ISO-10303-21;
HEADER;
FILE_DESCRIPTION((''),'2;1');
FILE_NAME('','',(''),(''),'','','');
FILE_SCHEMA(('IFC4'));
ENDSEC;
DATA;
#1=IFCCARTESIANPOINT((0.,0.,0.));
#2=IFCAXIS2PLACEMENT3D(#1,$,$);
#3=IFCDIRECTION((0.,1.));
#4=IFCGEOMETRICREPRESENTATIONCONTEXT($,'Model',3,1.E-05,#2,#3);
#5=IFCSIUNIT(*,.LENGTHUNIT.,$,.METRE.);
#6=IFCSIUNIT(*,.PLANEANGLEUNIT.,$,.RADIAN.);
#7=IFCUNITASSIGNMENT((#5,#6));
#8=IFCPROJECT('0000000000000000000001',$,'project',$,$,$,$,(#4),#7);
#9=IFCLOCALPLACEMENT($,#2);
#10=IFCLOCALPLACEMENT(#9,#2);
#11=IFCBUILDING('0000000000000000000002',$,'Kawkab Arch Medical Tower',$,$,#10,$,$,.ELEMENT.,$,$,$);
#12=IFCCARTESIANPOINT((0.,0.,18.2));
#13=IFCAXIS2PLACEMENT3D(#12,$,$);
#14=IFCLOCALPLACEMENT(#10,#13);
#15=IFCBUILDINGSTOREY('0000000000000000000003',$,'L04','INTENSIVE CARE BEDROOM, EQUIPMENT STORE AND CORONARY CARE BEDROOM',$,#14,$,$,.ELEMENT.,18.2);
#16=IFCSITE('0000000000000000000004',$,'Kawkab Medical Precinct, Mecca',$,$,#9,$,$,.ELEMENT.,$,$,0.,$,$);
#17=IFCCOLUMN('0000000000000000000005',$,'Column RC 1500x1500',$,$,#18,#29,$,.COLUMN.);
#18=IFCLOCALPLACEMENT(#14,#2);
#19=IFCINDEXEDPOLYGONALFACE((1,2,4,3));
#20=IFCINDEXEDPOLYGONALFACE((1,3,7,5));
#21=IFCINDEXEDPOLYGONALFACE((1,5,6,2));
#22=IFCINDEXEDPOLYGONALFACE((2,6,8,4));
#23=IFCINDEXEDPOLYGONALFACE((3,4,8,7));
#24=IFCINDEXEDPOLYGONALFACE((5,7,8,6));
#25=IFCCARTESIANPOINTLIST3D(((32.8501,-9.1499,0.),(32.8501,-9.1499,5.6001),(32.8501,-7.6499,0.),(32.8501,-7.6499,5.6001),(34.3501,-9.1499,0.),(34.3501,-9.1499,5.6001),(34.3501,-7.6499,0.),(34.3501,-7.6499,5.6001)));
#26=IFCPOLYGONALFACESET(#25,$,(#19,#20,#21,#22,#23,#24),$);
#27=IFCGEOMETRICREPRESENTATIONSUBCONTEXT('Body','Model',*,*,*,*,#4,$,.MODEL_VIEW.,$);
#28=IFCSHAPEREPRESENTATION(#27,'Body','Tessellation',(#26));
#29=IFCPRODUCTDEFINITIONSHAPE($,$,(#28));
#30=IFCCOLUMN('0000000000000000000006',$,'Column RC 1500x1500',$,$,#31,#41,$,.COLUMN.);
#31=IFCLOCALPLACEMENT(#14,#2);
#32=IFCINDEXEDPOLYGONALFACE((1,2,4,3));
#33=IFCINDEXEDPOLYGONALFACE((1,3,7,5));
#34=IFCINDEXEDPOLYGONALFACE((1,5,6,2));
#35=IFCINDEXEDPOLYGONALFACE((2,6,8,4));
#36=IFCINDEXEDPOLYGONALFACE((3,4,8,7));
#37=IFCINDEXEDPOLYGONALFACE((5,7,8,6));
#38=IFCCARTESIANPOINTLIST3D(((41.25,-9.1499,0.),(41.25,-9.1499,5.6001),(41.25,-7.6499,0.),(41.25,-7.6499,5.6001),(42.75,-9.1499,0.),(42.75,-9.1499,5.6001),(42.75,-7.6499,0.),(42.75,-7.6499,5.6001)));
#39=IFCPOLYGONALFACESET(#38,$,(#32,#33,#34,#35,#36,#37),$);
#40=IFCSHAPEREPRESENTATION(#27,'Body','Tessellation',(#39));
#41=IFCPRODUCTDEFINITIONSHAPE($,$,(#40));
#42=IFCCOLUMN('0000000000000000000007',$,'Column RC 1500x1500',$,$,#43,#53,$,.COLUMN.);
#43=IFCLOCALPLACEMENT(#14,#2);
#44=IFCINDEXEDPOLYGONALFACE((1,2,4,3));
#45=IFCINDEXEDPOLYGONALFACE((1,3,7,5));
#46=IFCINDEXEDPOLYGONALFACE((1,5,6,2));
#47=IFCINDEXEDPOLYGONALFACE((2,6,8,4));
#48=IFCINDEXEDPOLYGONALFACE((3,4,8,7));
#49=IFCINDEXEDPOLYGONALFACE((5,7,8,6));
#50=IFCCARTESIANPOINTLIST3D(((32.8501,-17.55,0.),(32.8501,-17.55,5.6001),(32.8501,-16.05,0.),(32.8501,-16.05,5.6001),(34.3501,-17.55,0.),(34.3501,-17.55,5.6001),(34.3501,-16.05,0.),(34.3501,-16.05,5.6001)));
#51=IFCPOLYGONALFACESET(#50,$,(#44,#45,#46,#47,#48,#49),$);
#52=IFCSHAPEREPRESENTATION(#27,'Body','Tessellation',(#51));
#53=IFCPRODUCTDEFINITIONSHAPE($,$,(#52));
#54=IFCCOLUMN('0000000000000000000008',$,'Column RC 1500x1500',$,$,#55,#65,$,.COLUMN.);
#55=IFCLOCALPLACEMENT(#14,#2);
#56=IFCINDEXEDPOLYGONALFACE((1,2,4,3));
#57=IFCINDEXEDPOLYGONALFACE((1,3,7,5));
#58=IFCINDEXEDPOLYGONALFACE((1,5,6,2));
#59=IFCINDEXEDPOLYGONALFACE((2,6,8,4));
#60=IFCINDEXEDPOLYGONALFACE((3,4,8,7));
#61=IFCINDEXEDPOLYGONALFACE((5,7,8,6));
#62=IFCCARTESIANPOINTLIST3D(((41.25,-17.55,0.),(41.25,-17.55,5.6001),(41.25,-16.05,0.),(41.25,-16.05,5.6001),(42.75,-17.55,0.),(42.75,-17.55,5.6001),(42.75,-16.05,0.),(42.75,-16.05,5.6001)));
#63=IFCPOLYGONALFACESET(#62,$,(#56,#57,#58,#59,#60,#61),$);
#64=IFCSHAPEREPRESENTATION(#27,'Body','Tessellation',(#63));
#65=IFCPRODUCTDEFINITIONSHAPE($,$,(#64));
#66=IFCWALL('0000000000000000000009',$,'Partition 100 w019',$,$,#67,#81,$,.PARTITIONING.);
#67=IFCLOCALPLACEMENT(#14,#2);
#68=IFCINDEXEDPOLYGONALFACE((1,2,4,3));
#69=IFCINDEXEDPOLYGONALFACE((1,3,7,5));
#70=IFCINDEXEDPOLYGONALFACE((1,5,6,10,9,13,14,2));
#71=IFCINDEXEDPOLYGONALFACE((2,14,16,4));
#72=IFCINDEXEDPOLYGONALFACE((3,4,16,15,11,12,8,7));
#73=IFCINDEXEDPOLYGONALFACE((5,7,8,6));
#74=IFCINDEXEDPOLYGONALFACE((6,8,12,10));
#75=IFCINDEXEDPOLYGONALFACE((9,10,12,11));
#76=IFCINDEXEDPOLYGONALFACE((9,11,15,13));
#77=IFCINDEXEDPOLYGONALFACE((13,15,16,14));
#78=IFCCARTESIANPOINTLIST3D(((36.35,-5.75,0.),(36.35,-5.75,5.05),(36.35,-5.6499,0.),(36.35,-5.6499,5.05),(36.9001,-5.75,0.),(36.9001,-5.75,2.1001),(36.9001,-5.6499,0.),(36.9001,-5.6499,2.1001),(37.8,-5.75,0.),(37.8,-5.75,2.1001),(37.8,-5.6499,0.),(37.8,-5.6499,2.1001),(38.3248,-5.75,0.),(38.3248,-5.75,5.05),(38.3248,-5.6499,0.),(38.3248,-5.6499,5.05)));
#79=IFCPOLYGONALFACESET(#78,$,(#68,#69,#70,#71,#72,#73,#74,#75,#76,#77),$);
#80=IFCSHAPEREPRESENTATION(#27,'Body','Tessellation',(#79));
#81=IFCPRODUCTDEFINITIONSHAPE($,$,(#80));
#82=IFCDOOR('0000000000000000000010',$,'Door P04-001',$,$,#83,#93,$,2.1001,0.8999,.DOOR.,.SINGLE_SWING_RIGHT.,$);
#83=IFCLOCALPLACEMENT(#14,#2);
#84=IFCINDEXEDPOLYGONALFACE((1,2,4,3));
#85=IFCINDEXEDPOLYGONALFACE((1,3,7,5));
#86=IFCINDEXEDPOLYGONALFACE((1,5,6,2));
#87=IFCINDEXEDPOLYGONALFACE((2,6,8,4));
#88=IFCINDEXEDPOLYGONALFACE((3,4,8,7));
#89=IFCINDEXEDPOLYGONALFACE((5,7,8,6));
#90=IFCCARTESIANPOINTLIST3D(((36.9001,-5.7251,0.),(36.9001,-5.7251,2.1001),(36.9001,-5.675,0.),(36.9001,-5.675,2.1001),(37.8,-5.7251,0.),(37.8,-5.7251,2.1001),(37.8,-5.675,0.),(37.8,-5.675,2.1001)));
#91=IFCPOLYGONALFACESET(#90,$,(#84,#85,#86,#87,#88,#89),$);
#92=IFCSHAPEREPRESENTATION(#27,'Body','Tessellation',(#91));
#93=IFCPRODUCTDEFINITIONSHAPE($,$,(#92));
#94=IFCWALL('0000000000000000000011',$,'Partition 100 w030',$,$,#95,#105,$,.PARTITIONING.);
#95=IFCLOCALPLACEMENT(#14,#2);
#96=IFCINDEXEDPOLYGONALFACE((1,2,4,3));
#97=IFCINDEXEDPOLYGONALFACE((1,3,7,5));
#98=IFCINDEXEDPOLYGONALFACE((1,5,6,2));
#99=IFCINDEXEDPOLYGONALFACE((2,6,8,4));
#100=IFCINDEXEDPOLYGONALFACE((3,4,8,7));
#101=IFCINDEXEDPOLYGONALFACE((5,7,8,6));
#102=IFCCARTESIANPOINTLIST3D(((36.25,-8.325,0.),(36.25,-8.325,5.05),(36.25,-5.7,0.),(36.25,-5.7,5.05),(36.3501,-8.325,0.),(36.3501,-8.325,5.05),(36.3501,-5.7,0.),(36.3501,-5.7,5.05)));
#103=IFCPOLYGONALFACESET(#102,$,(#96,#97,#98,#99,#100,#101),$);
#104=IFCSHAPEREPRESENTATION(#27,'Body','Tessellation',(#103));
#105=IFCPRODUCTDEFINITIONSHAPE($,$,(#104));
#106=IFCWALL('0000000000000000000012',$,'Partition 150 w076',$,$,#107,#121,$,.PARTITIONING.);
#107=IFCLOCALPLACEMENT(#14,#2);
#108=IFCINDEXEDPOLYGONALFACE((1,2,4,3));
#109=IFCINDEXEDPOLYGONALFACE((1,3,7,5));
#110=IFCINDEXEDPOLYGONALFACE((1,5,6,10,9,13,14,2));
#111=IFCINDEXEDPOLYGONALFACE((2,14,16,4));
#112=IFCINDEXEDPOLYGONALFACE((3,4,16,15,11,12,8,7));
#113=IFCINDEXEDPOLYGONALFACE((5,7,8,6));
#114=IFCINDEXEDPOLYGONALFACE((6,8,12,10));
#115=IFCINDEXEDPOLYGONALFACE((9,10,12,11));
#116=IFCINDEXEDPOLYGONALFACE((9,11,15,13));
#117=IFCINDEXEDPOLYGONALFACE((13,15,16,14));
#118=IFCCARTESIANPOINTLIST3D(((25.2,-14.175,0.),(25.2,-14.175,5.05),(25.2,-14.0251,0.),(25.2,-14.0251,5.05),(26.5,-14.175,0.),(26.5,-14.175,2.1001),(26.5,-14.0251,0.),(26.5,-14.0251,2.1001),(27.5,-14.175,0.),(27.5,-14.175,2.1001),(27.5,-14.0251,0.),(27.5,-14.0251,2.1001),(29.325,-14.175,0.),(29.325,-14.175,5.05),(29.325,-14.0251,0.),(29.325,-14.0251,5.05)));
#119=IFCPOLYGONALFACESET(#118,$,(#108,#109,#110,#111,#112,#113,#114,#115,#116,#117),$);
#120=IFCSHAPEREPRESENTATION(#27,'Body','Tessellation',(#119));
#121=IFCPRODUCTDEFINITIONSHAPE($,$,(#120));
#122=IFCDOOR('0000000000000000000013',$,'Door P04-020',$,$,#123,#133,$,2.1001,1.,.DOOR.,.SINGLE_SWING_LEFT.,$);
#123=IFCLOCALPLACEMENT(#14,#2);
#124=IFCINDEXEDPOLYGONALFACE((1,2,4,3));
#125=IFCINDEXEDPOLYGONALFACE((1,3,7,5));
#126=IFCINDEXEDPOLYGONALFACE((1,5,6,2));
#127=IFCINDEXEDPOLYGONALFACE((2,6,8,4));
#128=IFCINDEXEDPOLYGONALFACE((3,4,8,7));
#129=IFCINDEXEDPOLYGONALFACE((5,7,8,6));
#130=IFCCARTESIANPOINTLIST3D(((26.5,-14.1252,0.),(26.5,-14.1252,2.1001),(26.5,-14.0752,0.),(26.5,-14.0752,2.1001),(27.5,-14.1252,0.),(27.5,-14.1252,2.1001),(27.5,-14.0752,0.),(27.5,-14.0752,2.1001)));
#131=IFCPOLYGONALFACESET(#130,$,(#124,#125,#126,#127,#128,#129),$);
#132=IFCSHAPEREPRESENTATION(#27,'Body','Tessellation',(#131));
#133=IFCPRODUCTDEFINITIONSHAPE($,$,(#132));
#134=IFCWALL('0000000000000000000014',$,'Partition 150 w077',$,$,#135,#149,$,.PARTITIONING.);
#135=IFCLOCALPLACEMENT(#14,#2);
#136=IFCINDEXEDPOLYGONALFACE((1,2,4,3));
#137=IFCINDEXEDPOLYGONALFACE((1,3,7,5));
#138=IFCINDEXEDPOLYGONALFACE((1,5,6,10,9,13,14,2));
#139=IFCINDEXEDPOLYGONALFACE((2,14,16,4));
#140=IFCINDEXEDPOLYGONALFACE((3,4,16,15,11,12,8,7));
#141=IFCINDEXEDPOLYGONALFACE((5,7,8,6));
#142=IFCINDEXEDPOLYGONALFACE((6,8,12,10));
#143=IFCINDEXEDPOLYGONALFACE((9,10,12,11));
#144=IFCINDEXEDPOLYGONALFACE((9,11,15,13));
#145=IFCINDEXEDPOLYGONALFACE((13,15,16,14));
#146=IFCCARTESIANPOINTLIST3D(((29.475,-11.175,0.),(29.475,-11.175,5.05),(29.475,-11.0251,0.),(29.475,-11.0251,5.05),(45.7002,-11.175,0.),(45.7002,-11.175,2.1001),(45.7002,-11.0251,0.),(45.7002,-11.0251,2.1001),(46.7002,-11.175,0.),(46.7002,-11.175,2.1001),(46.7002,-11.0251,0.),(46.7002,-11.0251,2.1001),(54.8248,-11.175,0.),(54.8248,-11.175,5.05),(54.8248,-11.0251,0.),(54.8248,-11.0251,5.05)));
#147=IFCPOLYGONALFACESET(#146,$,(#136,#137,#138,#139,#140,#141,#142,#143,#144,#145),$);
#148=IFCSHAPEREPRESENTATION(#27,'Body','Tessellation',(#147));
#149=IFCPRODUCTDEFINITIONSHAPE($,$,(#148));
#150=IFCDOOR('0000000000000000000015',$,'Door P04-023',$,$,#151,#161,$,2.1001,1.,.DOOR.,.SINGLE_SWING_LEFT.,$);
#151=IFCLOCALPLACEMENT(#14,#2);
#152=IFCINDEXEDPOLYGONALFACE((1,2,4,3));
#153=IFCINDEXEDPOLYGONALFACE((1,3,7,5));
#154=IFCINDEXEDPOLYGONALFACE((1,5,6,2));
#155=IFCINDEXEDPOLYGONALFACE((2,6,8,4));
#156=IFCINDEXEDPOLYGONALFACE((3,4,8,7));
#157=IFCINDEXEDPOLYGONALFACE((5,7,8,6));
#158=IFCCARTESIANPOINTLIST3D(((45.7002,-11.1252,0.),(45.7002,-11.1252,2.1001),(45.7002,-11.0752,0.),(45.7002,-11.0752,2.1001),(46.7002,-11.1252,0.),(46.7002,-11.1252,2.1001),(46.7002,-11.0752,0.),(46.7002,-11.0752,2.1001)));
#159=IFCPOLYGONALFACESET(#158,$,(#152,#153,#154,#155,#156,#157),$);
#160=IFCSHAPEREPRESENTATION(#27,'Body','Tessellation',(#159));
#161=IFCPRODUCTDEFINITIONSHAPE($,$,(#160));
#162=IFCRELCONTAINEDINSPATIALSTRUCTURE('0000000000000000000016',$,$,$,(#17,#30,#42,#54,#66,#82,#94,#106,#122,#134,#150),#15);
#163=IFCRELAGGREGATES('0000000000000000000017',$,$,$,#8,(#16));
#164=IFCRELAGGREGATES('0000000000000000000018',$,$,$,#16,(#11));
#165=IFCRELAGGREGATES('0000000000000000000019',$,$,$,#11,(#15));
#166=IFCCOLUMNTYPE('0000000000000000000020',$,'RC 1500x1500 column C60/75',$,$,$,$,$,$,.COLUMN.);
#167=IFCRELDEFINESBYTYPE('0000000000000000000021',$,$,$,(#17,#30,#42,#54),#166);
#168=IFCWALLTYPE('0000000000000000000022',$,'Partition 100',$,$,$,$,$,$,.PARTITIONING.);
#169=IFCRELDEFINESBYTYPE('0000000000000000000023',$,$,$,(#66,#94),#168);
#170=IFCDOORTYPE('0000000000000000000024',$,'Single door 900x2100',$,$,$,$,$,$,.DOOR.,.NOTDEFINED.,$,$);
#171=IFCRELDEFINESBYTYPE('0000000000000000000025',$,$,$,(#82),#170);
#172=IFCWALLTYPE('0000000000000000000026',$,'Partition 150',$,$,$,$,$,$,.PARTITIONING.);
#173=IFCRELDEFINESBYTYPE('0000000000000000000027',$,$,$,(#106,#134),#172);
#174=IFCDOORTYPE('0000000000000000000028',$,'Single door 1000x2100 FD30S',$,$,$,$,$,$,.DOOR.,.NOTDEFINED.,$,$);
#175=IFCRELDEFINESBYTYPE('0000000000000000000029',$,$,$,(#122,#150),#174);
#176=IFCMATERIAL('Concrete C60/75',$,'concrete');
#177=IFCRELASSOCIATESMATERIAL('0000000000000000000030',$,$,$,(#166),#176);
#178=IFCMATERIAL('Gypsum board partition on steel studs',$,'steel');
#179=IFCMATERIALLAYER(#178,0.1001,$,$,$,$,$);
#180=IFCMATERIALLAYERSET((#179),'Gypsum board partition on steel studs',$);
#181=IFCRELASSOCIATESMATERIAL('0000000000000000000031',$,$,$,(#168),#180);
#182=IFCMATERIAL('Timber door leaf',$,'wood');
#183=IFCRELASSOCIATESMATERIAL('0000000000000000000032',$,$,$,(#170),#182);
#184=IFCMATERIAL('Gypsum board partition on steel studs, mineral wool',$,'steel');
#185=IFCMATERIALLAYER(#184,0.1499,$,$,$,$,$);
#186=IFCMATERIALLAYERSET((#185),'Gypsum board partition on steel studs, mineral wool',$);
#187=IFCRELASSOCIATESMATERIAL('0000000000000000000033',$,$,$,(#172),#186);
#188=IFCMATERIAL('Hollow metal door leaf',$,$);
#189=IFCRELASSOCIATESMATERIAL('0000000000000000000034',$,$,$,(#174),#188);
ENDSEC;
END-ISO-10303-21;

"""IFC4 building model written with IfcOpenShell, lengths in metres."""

from ifc_helpers import new_model, si_unit, direction, frame, frame_2d, origin, origin_2d, place, context, subcontext, project, spatial, rectangle, extrude, material, layer, layer_set, material_profile, profile_set, type_object, element, fill, save


model = new_model("IFC4")

# Units and contexts
model_context = context("Model", 3, precision=1e-05, world=origin(), true_north=direction((0.0, 1.0)))
body_context = subcontext(model_context, "Body", "Model", "MODEL_VIEW")
ifc_project = project(units=[si_unit("LENGTHUNIT", "METRE"), si_unit("PLANEANGLEUNIT", "RADIAN")], contexts=[model_context])

# Site, building, storey
site_placement = place(None, origin())
site = spatial("IfcSite", under=ifc_project, at=site_placement, Name="Kawkab Medical Precinct, Mecca", CompositionType="ELEMENT", RefElevation=0.0)
building_placement = place(site_placement, origin())
building = spatial("IfcBuilding", under=site, at=building_placement, Name="Kawkab Arch Medical Tower", CompositionType="ELEMENT")
storey_placement = place(building_placement, frame((0.0, 0.0, 18.2)))
storey = spatial("IfcBuildingStorey", under=building, at=storey_placement, Name="L04", Description="INTENSIVE CARE BEDROOM, EQUIPMENT STORE AND CORONARY CARE BEDROOM", CompositionType="ELEMENT", Elevation=18.2)

# Columns
ifc_material_1 = material(Name="Concrete C60/75", Category="concrete")
ifc_material_profile = material_profile(ifc_material_1, rectangle(XDim=1.5, YDim=1.5, at=origin_2d()), Name="RC 1500x1500")
ifc_profile_set = profile_set([ifc_material_profile], Name="Concrete C60/75")
column_type = type_object("IfcColumnType", Name="RC 1500x1500 column C60/75", PredefinedType="COLUMN", material=ifc_profile_set)
for number, where, z_axis, x_axis, name in (
    (1, (33.6001, -8.3999, 0.0), (0.0, 0.0, 1.0), (1.0, 0.0, 0.0), "Column RC 1500x1500"),
    (2, (42.0, -8.3999, 0.0), (0.0, 0.0, 1.0), (1.0, 0.0, 0.0), "Column RC 1500x1500"),
    (3, (33.6001, -16.8, 0.0), (0.0, 0.0, 1.0), (1.0, 0.0, 0.0), "Column RC 1500x1500"),
    (4, (42.0, -16.8, 0.0), (0.0, 0.0, 1.0), (1.0, 0.0, 0.0), "Column RC 1500x1500"),
):
    element("IfcColumn", number, at=place(storey_placement, frame(where, z_axis=z_axis, x_axis=x_axis)), inside=storey, type_object=column_type, Name=name, PredefinedType="COLUMN", context=body_context, shape_type="SweptSolid", body=[
        extrude(rectangle(XDim=1.5, YDim=1.5, at=origin_2d()), origin(), (0.0, 0.0, 1.0), 5.6001),
    ])

# Wall, opening, door
ifc_material_2 = material(Name="Gypsum board partition on steel studs", Category="steel")
ifc_layer_1 = layer(ifc_material_2, 0.1001)
ifc_layer_set_1 = layer_set([ifc_layer_1], Name="Gypsum board partition on steel studs")
wall_type_1 = type_object("IfcWallType", Name="Partition 100", PredefinedType="PARTITIONING", material=ifc_layer_set_1)
wall_1_placement = place(storey_placement, frame((36.3501, -5.7, 0.0), z_axis=(0.0, 0.0, 1.0), x_axis=(1.0, 0.0, 0.0)))
wall_1 = element("IfcWall", 5, at=wall_1_placement, inside=storey, type_object=wall_type_1, Name="Partition 100 w019", PredefinedType="PARTITIONING", context=body_context, shape_type="SweptSolid", body=[
    extrude(rectangle(XDim=1.9749, YDim=0.1001, at=frame_2d((0.9873, 0.0))), origin(), (0.0, 0.0, 1.0), 5.05),
])
opening_1_placement = place(wall_1_placement, frame((0.55, 0.0, 0.0)))
opening_1 = element("IfcOpeningElement", 6, at=opening_1_placement, cuts=wall_1, PredefinedType="OPENING", context=body_context, shape_type="SweptSolid", body=[
    extrude(rectangle(XDim=0.8999, YDim=2.1001, at=frame_2d((0.45, 1.05))), frame((0.0, 0.0601, 0.0), z_axis=(0.0, -1.0, 0.0), x_axis=(1.0, 0.0, 0.0)), (0.0, 0.0, 1.0), 0.1201),
])
ifc_material_3 = material(Name="Timber door leaf", Category="wood")
door_type_1 = type_object("IfcDoorType", Name="Single door 900x2100", OperationType="NOTDEFINED", PredefinedType="DOOR", material=ifc_material_3)
door_1_placement = place(opening_1_placement, origin())
door_1 = element("IfcDoor", 7, at=door_1_placement, inside=storey, type_object=door_type_1, Name="Door P04-001", OperationType="SINGLE_SWING_RIGHT", OverallHeight=2.1001, OverallWidth=0.8999, PredefinedType="DOOR", context=body_context, shape_type="SweptSolid", body=[
    extrude(rectangle(XDim=0.8999, YDim=2.1001, at=frame_2d((0.45, 1.05))), frame((0.0, 0.0249, 0.0), z_axis=(0.0, -1.0, 0.0), x_axis=(1.0, 0.0, 0.0)), (0.0, 0.0, 1.0), 0.05),
])
fill(opening_1, door_1)

# Wall
wall_2_placement = place(storey_placement, frame((36.3, -8.325, 0.0), z_axis=(0.0, 0.0, 1.0), x_axis=(0.0, 1.0, 0.0)))
element("IfcWall", 8, at=wall_2_placement, inside=storey, type_object=wall_type_1, Name="Partition 100 w030", PredefinedType="PARTITIONING", context=body_context, shape_type="SweptSolid", body=[
    extrude(rectangle(XDim=2.625, YDim=0.1001, at=frame_2d((1.3125, 0.0))), origin(), (0.0, 0.0, 1.0), 5.05),
])

# Walls, openings, doors
ifc_material_4 = material(Name="Gypsum board partition on steel studs, mineral wool", Category="steel")
ifc_layer_2 = layer(ifc_material_4, 0.1499)
ifc_layer_set_2 = layer_set([ifc_layer_2], Name="Gypsum board partition on steel studs, mineral wool")
wall_type_2 = type_object("IfcWallType", Name="Partition 150", PredefinedType="PARTITIONING", material=ifc_layer_set_2)
wall_3_placement = place(storey_placement, frame((25.2, -14.1001, 0.0), z_axis=(0.0, 0.0, 1.0), x_axis=(1.0, 0.0, 0.0)))
wall_3 = element("IfcWall", 9, at=wall_3_placement, inside=storey, type_object=wall_type_2, Name="Partition 150 w076", PredefinedType="PARTITIONING", context=body_context, shape_type="SweptSolid", body=[
    extrude(rectangle(XDim=4.125, YDim=0.1499, at=frame_2d((2.0625, 0.0))), origin(), (0.0, 0.0, 1.0), 5.05),
])
opening_2_placement = place(wall_3_placement, frame((1.3, 0.0, 0.0)))
opening_2 = element("IfcOpeningElement", 10, at=opening_2_placement, cuts=wall_3, PredefinedType="OPENING", context=body_context, shape_type="SweptSolid", body=[
    extrude(rectangle(XDim=1.0, YDim=2.1001, at=frame_2d((0.5, 1.05))), frame((0.0, 0.085, 0.0), z_axis=(0.0, -1.0, 0.0), x_axis=(1.0, 0.0, 0.0)), (0.0, 0.0, 1.0), 0.1699),
])
ifc_material_5 = material(Name="Hollow metal door leaf")
door_type_2 = type_object("IfcDoorType", Name="Single door 1000x2100 FD30S", OperationType="NOTDEFINED", PredefinedType="DOOR", material=ifc_material_5)
door_2_placement = place(opening_2_placement, origin())
door_2 = element("IfcDoor", 11, at=door_2_placement, inside=storey, type_object=door_type_2, Name="Door P04-020", OperationType="SINGLE_SWING_LEFT", OverallHeight=2.1001, OverallWidth=1.0, PredefinedType="DOOR", context=body_context, shape_type="SweptSolid", body=[
    extrude(rectangle(XDim=1.0, YDim=2.1001, at=frame_2d((0.5, 1.05))), frame((0.0, 0.0249, 0.0), z_axis=(0.0, -1.0, 0.0), x_axis=(1.0, 0.0, 0.0)), (0.0, 0.0, 1.0), 0.05),
])
fill(opening_2, door_2)
wall_4_placement = place(storey_placement, frame((29.4751, -11.1001, 0.0), z_axis=(0.0, 0.0, 1.0), x_axis=(1.0, 0.0, 0.0)))
wall_4 = element("IfcWall", 12, at=wall_4_placement, inside=storey, type_object=wall_type_2, Name="Partition 150 w077", PredefinedType="PARTITIONING", context=body_context, shape_type="SweptSolid", body=[
    extrude(rectangle(XDim=25.3499, YDim=0.1499, at=frame_2d((12.6748, 0.0))), origin(), (0.0, 0.0, 1.0), 5.05),
])
opening_3_placement = place(wall_4_placement, frame((16.2251, 0.0, 0.0)))
opening_3 = element("IfcOpeningElement", 13, at=opening_3_placement, cuts=wall_4, PredefinedType="OPENING", context=body_context, shape_type="SweptSolid", body=[
    extrude(rectangle(XDim=1.0, YDim=2.1001, at=frame_2d((0.5, 1.05))), frame((0.0, 0.085, 0.0), z_axis=(0.0, -1.0, 0.0), x_axis=(1.0, 0.0, 0.0)), (0.0, 0.0, 1.0), 0.1699),
])
door_3_placement = place(opening_3_placement, origin())
door_3 = element("IfcDoor", 14, at=door_3_placement, inside=storey, type_object=door_type_2, Name="Door P04-023", OperationType="SINGLE_SWING_LEFT", OverallHeight=2.1001, OverallWidth=1.0, PredefinedType="DOOR", context=body_context, shape_type="SweptSolid", body=[
    extrude(rectangle(XDim=1.0, YDim=2.1001, at=frame_2d((0.5, 1.05))), frame((0.0, 0.0249, 0.0), z_axis=(0.0, -1.0, 0.0), x_axis=(1.0, 0.0, 0.0)), (0.0, 0.0, 1.0), 0.05),
])
fill(opening_3, door_3)

save(model, "model.ifc")
